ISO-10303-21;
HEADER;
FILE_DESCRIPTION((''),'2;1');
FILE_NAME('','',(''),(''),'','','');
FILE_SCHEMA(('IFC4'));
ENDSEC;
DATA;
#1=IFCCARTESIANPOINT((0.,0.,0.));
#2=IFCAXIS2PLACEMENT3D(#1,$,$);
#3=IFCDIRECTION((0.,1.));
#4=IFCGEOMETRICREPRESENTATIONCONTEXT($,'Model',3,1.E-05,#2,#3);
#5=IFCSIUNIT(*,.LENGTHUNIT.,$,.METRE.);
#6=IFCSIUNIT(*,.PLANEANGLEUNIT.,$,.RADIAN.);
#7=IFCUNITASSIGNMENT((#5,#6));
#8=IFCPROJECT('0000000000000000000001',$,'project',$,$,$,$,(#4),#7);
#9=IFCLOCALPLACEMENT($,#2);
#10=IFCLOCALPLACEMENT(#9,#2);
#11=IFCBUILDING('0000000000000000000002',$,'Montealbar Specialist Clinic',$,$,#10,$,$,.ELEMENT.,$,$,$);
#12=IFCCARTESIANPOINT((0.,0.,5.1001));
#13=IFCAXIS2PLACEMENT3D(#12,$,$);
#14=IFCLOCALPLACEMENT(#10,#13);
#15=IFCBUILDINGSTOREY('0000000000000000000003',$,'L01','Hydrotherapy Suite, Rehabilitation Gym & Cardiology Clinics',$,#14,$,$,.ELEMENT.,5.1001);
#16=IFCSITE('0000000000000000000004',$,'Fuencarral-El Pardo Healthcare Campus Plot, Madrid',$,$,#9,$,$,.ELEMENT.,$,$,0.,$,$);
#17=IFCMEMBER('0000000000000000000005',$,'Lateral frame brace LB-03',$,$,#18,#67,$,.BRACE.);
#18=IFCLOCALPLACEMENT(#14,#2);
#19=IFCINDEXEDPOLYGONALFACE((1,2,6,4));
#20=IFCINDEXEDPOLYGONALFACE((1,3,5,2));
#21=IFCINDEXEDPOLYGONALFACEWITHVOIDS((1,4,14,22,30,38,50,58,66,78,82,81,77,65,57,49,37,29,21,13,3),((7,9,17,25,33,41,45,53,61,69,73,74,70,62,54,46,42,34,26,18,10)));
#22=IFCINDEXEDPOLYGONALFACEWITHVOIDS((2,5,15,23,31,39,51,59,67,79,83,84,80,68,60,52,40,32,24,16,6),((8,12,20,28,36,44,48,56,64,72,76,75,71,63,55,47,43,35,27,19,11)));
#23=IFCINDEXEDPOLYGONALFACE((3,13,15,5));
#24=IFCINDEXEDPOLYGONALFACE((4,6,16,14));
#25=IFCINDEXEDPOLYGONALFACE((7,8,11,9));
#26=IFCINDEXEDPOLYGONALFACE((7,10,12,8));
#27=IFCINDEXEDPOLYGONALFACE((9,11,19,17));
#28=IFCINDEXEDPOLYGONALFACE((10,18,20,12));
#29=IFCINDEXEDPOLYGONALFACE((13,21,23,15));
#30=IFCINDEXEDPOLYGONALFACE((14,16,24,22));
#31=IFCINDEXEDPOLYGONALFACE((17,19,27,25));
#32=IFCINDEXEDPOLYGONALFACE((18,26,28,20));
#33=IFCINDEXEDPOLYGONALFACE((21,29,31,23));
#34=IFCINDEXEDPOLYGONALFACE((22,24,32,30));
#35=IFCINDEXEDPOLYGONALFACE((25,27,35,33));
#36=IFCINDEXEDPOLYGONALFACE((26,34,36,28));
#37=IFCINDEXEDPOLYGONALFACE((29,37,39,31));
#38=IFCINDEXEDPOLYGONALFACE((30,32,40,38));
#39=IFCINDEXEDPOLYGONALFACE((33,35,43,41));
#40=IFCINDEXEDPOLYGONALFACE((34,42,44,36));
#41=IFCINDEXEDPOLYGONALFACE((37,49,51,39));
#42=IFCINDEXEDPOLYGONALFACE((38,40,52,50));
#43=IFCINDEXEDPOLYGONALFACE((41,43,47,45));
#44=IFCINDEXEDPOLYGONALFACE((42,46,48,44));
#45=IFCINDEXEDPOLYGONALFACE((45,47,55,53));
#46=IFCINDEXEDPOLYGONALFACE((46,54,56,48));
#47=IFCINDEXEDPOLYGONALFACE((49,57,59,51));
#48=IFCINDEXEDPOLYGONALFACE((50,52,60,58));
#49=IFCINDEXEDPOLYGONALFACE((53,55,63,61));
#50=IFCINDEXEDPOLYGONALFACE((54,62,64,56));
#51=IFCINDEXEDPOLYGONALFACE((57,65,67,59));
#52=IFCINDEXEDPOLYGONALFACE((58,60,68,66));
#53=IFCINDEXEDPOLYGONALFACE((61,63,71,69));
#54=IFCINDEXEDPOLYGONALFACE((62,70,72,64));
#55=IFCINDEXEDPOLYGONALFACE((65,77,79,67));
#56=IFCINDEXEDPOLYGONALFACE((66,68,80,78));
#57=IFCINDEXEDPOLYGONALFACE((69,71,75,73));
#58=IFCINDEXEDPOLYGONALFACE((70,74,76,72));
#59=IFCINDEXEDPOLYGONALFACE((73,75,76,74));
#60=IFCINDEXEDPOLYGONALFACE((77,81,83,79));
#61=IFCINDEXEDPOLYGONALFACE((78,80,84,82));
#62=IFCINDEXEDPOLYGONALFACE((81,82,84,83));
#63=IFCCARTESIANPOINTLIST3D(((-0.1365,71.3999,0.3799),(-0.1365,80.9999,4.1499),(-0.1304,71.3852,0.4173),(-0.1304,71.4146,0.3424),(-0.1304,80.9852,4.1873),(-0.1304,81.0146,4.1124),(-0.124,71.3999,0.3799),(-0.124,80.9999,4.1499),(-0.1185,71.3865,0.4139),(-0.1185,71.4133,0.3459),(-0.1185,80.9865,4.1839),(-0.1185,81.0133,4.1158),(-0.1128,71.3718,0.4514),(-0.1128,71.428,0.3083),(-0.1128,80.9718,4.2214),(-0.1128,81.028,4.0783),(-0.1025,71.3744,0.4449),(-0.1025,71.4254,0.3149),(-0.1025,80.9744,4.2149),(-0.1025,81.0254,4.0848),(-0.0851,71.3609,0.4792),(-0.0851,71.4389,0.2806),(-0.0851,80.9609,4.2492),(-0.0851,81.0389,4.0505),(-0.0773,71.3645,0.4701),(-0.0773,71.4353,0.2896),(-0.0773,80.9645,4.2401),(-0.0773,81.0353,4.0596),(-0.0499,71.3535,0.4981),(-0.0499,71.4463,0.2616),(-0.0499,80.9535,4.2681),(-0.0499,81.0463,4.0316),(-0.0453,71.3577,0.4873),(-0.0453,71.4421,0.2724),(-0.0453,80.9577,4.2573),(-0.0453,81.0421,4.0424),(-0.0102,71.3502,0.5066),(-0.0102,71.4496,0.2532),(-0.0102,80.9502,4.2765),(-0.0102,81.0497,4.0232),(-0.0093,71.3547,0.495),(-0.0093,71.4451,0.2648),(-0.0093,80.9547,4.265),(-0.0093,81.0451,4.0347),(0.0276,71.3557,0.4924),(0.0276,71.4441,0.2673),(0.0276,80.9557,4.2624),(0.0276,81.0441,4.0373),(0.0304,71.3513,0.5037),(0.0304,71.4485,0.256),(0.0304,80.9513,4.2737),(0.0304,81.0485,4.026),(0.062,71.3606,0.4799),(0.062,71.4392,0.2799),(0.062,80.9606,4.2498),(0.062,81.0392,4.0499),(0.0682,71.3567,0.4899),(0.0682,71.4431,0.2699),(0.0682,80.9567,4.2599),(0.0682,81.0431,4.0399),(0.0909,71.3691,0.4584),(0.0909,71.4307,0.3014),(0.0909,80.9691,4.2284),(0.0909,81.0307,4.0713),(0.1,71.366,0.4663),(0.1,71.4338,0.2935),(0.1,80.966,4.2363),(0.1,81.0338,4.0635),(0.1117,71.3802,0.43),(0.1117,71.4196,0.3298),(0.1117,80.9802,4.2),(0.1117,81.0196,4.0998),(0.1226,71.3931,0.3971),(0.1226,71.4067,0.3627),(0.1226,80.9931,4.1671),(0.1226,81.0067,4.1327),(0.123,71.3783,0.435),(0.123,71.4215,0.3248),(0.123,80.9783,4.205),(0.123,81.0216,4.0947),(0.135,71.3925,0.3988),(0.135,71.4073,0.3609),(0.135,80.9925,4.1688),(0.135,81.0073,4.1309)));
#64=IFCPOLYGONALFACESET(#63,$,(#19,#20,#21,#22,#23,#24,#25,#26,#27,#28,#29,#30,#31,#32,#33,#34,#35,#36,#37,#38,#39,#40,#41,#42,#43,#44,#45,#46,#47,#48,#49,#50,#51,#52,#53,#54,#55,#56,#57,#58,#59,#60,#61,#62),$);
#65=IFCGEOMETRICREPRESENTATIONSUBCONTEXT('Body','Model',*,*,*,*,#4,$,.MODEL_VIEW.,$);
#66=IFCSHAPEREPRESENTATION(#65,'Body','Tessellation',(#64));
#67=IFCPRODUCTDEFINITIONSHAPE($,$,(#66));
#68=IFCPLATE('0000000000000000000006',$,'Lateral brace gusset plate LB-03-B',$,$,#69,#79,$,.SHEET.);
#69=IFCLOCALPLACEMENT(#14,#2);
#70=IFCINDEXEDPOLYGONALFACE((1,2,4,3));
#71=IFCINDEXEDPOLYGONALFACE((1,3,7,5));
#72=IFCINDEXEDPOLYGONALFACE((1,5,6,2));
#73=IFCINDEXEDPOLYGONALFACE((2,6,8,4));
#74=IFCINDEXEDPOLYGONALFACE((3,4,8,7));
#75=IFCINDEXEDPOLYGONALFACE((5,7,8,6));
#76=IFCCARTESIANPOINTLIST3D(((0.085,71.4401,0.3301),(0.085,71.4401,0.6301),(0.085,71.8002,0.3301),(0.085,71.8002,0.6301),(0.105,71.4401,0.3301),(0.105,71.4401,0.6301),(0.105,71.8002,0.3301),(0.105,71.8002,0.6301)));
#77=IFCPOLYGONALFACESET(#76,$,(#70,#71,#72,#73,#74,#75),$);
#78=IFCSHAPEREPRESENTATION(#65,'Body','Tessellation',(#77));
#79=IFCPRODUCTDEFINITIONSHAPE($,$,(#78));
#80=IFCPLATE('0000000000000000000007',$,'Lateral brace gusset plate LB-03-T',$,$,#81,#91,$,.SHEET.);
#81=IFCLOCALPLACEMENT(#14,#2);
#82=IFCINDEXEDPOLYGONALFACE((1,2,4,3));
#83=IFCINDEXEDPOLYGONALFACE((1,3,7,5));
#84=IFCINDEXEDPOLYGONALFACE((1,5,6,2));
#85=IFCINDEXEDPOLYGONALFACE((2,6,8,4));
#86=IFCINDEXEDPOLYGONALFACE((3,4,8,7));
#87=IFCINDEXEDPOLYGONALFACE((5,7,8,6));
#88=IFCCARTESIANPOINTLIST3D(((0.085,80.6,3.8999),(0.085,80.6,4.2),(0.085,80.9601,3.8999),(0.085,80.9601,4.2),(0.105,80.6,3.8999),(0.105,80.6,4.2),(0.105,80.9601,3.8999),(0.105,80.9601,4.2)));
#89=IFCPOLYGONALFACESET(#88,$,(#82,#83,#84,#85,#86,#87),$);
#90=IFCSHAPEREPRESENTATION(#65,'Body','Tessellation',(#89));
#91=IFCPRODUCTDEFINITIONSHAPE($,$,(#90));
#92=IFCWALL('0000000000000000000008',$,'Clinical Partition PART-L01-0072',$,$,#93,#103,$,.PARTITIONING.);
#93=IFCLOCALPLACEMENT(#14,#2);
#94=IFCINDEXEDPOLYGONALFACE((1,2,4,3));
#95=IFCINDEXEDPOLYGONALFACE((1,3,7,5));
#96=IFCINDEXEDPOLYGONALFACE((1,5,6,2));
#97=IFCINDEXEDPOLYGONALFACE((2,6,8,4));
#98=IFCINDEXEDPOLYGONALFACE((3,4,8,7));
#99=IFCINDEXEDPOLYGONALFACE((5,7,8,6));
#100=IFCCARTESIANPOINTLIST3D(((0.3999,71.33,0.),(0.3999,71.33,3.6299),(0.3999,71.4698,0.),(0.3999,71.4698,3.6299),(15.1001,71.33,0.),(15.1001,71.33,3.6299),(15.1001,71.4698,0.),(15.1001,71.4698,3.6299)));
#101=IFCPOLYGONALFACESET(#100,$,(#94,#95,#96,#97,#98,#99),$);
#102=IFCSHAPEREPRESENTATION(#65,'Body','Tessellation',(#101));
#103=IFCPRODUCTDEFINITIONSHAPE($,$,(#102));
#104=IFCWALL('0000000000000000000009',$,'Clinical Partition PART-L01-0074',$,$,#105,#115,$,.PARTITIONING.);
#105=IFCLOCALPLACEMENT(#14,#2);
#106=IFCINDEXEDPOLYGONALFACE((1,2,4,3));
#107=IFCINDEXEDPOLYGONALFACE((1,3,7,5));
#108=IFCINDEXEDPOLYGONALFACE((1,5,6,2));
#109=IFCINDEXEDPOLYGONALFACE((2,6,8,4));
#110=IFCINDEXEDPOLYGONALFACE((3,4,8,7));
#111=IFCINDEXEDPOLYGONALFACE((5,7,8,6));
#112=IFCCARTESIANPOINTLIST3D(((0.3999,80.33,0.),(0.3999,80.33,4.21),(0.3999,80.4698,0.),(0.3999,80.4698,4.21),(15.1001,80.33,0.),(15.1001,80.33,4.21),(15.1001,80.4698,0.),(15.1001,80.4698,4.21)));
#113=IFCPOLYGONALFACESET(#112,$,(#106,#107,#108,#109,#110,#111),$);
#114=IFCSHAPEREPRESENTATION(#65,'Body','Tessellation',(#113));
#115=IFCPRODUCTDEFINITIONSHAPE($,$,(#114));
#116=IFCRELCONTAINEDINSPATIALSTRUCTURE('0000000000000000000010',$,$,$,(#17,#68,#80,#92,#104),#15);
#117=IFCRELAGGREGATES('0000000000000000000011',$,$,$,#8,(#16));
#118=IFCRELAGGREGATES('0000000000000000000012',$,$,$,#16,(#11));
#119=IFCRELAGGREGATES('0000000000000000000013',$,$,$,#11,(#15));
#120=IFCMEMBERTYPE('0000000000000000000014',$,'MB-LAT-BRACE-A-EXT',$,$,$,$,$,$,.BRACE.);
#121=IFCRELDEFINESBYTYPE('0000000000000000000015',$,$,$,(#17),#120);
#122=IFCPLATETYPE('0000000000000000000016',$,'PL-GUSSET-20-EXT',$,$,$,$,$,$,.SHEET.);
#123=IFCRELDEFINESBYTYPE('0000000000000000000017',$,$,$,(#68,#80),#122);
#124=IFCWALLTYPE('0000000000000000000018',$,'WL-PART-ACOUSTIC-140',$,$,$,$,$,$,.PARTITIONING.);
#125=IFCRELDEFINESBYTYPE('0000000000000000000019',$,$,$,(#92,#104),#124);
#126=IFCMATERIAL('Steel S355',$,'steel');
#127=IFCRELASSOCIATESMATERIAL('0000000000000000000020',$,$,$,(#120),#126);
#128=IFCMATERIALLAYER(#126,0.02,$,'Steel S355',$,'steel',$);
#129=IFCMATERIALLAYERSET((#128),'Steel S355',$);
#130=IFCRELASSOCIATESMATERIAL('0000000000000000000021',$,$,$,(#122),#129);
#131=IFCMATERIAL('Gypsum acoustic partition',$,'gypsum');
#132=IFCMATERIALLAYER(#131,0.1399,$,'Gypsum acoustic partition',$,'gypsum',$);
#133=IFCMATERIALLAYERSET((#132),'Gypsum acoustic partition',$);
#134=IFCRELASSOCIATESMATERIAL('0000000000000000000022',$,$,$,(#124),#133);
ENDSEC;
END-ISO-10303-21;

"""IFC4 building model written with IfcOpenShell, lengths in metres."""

from ifc_helpers import new_model, si_unit, direction, frame, frame_2d, origin, origin_2d, place, context, subcontext, project, spatial, rectangle, hollow_circle, extrude, material, layer, layer_set, material_profile, profile_set, type_object, element, save


model = new_model("IFC4")

# Units and contexts
model_context = context("Model", 3, precision=1e-05, world=origin(), true_north=direction((0.0, 1.0)))
body_context = subcontext(model_context, "Body", "Model", "MODEL_VIEW")
ifc_project = project(units=[si_unit("LENGTHUNIT", "METRE"), si_unit("PLANEANGLEUNIT", "RADIAN")], contexts=[model_context])

# Site, building, storey
site_placement = place(None, origin())
site = spatial("IfcSite", under=ifc_project, at=site_placement, Name="Fuencarral-El Pardo Healthcare Campus Plot, Madrid", CompositionType="ELEMENT", RefElevation=0.0)
building_placement = place(site_placement, origin())
building = spatial("IfcBuilding", under=site, at=building_placement, Name="Montealbar Specialist Clinic", CompositionType="ELEMENT")
storey_placement = place(building_placement, frame((0.0, 0.0, 5.1001)))
storey = spatial("IfcBuildingStorey", under=building, at=storey_placement, Name="L01", Description="Hydrotherapy Suite, Rehabilitation Gym & Cardiology Clinics", CompositionType="ELEMENT", Elevation=5.1001)

# Shared definitions
ifc_material_1 = material(Name="Steel S355", Category="steel")

# Member
ifc_material_profile_1 = material_profile(ifc_material_1, hollow_circle(Radius=0.1365, WallThickness=0.0125, at=origin_2d()), Name="CHS 273.0x12.5", Category="steel")
ifc_profile_set_1 = profile_set([ifc_material_profile_1], Name="Steel S355")
member_type = type_object("IfcMemberType", Name="MB-LAT-BRACE-A-EXT", PredefinedType="BRACE", material=ifc_profile_set_1)
member_placement = place(storey_placement, frame((0.0, 71.3999, 0.3799), z_axis=(0.0, 0.930799, 0.365531), x_axis=(-1.0, 0.0, 0.0)))
element("IfcMember", 1, at=member_placement, inside=storey, type_object=member_type, Name="Lateral frame brace LB-03", PredefinedType="BRACE", context=body_context, shape_type="SweptSolid", body=[
    extrude(hollow_circle(Radius=0.1365, WallThickness=0.0125, at=origin_2d()), origin(), (0.0, 0.0, 1.0), 10.3137),
])

# Plates
ifc_layer_1 = layer(ifc_material_1, 0.02, Name="Steel S355", Category="steel")
ifc_layer_set_1 = layer_set([ifc_layer_1], Name="Steel S355")
plate_type = type_object("IfcPlateType", Name="PL-GUSSET-20-EXT", PredefinedType="SHEET", material=ifc_layer_set_1)
for number, where, z_axis, x_axis, name in (
    (2, (0.095, 71.6201, 0.3301), (0.0, 0.0, 1.0), (0.0, 1.0, 0.0), "Lateral brace gusset plate LB-03-B"),
    (3, (0.095, 80.78, 3.8999), (0.0, 0.0, 1.0), (0.0, 1.0, 0.0), "Lateral brace gusset plate LB-03-T"),
):
    element("IfcPlate", number, at=place(storey_placement, frame(where, z_axis=z_axis, x_axis=x_axis)), inside=storey, type_object=plate_type, Name=name, PredefinedType="SHEET", context=body_context, shape_type="SweptSolid", body=[
        extrude(rectangle(XDim=0.3601, YDim=0.02, at=origin_2d()), origin(), (0.0, 0.0, 1.0), 0.3),
    ])

# Walls
ifc_material_2 = material(Name="Gypsum acoustic partition", Category="gypsum")
ifc_layer_2 = layer(ifc_material_2, 0.1399, Name="Gypsum acoustic partition", Category="gypsum")
ifc_layer_set_2 = layer_set([ifc_layer_2], Name="Gypsum acoustic partition")
wall_type = type_object("IfcWallType", Name="WL-PART-ACOUSTIC-140", PredefinedType="PARTITIONING", material=ifc_layer_set_2)
wall_1_placement = place(storey_placement, frame((0.3999, 71.3999, 0.0), z_axis=(0.0, 0.0, 1.0), x_axis=(1.0, 0.0, 0.0)))
element("IfcWall", 4, at=wall_1_placement, inside=storey, type_object=wall_type, Name="Clinical Partition PART-L01-0072", PredefinedType="PARTITIONING", context=body_context, shape_type="SweptSolid", body=[
    extrude(rectangle(XDim=14.7002, YDim=0.1399, at=frame_2d((7.3501, 0.0))), origin(), (0.0, 0.0, 1.0), 3.6299),
])
wall_2_placement = place(storey_placement, frame((0.3999, 80.3999, 0.0), z_axis=(0.0, 0.0, 1.0), x_axis=(1.0, 0.0, 0.0)))
element("IfcWall", 5, at=wall_2_placement, inside=storey, type_object=wall_type, Name="Clinical Partition PART-L01-0074", PredefinedType="PARTITIONING", context=body_context, shape_type="SweptSolid", body=[
    extrude(rectangle(XDim=14.7002, YDim=0.1399, at=frame_2d((7.3501, 0.0))), origin(), (0.0, 0.0, 1.0), 4.21),
])

save(model, "model.ifc")
